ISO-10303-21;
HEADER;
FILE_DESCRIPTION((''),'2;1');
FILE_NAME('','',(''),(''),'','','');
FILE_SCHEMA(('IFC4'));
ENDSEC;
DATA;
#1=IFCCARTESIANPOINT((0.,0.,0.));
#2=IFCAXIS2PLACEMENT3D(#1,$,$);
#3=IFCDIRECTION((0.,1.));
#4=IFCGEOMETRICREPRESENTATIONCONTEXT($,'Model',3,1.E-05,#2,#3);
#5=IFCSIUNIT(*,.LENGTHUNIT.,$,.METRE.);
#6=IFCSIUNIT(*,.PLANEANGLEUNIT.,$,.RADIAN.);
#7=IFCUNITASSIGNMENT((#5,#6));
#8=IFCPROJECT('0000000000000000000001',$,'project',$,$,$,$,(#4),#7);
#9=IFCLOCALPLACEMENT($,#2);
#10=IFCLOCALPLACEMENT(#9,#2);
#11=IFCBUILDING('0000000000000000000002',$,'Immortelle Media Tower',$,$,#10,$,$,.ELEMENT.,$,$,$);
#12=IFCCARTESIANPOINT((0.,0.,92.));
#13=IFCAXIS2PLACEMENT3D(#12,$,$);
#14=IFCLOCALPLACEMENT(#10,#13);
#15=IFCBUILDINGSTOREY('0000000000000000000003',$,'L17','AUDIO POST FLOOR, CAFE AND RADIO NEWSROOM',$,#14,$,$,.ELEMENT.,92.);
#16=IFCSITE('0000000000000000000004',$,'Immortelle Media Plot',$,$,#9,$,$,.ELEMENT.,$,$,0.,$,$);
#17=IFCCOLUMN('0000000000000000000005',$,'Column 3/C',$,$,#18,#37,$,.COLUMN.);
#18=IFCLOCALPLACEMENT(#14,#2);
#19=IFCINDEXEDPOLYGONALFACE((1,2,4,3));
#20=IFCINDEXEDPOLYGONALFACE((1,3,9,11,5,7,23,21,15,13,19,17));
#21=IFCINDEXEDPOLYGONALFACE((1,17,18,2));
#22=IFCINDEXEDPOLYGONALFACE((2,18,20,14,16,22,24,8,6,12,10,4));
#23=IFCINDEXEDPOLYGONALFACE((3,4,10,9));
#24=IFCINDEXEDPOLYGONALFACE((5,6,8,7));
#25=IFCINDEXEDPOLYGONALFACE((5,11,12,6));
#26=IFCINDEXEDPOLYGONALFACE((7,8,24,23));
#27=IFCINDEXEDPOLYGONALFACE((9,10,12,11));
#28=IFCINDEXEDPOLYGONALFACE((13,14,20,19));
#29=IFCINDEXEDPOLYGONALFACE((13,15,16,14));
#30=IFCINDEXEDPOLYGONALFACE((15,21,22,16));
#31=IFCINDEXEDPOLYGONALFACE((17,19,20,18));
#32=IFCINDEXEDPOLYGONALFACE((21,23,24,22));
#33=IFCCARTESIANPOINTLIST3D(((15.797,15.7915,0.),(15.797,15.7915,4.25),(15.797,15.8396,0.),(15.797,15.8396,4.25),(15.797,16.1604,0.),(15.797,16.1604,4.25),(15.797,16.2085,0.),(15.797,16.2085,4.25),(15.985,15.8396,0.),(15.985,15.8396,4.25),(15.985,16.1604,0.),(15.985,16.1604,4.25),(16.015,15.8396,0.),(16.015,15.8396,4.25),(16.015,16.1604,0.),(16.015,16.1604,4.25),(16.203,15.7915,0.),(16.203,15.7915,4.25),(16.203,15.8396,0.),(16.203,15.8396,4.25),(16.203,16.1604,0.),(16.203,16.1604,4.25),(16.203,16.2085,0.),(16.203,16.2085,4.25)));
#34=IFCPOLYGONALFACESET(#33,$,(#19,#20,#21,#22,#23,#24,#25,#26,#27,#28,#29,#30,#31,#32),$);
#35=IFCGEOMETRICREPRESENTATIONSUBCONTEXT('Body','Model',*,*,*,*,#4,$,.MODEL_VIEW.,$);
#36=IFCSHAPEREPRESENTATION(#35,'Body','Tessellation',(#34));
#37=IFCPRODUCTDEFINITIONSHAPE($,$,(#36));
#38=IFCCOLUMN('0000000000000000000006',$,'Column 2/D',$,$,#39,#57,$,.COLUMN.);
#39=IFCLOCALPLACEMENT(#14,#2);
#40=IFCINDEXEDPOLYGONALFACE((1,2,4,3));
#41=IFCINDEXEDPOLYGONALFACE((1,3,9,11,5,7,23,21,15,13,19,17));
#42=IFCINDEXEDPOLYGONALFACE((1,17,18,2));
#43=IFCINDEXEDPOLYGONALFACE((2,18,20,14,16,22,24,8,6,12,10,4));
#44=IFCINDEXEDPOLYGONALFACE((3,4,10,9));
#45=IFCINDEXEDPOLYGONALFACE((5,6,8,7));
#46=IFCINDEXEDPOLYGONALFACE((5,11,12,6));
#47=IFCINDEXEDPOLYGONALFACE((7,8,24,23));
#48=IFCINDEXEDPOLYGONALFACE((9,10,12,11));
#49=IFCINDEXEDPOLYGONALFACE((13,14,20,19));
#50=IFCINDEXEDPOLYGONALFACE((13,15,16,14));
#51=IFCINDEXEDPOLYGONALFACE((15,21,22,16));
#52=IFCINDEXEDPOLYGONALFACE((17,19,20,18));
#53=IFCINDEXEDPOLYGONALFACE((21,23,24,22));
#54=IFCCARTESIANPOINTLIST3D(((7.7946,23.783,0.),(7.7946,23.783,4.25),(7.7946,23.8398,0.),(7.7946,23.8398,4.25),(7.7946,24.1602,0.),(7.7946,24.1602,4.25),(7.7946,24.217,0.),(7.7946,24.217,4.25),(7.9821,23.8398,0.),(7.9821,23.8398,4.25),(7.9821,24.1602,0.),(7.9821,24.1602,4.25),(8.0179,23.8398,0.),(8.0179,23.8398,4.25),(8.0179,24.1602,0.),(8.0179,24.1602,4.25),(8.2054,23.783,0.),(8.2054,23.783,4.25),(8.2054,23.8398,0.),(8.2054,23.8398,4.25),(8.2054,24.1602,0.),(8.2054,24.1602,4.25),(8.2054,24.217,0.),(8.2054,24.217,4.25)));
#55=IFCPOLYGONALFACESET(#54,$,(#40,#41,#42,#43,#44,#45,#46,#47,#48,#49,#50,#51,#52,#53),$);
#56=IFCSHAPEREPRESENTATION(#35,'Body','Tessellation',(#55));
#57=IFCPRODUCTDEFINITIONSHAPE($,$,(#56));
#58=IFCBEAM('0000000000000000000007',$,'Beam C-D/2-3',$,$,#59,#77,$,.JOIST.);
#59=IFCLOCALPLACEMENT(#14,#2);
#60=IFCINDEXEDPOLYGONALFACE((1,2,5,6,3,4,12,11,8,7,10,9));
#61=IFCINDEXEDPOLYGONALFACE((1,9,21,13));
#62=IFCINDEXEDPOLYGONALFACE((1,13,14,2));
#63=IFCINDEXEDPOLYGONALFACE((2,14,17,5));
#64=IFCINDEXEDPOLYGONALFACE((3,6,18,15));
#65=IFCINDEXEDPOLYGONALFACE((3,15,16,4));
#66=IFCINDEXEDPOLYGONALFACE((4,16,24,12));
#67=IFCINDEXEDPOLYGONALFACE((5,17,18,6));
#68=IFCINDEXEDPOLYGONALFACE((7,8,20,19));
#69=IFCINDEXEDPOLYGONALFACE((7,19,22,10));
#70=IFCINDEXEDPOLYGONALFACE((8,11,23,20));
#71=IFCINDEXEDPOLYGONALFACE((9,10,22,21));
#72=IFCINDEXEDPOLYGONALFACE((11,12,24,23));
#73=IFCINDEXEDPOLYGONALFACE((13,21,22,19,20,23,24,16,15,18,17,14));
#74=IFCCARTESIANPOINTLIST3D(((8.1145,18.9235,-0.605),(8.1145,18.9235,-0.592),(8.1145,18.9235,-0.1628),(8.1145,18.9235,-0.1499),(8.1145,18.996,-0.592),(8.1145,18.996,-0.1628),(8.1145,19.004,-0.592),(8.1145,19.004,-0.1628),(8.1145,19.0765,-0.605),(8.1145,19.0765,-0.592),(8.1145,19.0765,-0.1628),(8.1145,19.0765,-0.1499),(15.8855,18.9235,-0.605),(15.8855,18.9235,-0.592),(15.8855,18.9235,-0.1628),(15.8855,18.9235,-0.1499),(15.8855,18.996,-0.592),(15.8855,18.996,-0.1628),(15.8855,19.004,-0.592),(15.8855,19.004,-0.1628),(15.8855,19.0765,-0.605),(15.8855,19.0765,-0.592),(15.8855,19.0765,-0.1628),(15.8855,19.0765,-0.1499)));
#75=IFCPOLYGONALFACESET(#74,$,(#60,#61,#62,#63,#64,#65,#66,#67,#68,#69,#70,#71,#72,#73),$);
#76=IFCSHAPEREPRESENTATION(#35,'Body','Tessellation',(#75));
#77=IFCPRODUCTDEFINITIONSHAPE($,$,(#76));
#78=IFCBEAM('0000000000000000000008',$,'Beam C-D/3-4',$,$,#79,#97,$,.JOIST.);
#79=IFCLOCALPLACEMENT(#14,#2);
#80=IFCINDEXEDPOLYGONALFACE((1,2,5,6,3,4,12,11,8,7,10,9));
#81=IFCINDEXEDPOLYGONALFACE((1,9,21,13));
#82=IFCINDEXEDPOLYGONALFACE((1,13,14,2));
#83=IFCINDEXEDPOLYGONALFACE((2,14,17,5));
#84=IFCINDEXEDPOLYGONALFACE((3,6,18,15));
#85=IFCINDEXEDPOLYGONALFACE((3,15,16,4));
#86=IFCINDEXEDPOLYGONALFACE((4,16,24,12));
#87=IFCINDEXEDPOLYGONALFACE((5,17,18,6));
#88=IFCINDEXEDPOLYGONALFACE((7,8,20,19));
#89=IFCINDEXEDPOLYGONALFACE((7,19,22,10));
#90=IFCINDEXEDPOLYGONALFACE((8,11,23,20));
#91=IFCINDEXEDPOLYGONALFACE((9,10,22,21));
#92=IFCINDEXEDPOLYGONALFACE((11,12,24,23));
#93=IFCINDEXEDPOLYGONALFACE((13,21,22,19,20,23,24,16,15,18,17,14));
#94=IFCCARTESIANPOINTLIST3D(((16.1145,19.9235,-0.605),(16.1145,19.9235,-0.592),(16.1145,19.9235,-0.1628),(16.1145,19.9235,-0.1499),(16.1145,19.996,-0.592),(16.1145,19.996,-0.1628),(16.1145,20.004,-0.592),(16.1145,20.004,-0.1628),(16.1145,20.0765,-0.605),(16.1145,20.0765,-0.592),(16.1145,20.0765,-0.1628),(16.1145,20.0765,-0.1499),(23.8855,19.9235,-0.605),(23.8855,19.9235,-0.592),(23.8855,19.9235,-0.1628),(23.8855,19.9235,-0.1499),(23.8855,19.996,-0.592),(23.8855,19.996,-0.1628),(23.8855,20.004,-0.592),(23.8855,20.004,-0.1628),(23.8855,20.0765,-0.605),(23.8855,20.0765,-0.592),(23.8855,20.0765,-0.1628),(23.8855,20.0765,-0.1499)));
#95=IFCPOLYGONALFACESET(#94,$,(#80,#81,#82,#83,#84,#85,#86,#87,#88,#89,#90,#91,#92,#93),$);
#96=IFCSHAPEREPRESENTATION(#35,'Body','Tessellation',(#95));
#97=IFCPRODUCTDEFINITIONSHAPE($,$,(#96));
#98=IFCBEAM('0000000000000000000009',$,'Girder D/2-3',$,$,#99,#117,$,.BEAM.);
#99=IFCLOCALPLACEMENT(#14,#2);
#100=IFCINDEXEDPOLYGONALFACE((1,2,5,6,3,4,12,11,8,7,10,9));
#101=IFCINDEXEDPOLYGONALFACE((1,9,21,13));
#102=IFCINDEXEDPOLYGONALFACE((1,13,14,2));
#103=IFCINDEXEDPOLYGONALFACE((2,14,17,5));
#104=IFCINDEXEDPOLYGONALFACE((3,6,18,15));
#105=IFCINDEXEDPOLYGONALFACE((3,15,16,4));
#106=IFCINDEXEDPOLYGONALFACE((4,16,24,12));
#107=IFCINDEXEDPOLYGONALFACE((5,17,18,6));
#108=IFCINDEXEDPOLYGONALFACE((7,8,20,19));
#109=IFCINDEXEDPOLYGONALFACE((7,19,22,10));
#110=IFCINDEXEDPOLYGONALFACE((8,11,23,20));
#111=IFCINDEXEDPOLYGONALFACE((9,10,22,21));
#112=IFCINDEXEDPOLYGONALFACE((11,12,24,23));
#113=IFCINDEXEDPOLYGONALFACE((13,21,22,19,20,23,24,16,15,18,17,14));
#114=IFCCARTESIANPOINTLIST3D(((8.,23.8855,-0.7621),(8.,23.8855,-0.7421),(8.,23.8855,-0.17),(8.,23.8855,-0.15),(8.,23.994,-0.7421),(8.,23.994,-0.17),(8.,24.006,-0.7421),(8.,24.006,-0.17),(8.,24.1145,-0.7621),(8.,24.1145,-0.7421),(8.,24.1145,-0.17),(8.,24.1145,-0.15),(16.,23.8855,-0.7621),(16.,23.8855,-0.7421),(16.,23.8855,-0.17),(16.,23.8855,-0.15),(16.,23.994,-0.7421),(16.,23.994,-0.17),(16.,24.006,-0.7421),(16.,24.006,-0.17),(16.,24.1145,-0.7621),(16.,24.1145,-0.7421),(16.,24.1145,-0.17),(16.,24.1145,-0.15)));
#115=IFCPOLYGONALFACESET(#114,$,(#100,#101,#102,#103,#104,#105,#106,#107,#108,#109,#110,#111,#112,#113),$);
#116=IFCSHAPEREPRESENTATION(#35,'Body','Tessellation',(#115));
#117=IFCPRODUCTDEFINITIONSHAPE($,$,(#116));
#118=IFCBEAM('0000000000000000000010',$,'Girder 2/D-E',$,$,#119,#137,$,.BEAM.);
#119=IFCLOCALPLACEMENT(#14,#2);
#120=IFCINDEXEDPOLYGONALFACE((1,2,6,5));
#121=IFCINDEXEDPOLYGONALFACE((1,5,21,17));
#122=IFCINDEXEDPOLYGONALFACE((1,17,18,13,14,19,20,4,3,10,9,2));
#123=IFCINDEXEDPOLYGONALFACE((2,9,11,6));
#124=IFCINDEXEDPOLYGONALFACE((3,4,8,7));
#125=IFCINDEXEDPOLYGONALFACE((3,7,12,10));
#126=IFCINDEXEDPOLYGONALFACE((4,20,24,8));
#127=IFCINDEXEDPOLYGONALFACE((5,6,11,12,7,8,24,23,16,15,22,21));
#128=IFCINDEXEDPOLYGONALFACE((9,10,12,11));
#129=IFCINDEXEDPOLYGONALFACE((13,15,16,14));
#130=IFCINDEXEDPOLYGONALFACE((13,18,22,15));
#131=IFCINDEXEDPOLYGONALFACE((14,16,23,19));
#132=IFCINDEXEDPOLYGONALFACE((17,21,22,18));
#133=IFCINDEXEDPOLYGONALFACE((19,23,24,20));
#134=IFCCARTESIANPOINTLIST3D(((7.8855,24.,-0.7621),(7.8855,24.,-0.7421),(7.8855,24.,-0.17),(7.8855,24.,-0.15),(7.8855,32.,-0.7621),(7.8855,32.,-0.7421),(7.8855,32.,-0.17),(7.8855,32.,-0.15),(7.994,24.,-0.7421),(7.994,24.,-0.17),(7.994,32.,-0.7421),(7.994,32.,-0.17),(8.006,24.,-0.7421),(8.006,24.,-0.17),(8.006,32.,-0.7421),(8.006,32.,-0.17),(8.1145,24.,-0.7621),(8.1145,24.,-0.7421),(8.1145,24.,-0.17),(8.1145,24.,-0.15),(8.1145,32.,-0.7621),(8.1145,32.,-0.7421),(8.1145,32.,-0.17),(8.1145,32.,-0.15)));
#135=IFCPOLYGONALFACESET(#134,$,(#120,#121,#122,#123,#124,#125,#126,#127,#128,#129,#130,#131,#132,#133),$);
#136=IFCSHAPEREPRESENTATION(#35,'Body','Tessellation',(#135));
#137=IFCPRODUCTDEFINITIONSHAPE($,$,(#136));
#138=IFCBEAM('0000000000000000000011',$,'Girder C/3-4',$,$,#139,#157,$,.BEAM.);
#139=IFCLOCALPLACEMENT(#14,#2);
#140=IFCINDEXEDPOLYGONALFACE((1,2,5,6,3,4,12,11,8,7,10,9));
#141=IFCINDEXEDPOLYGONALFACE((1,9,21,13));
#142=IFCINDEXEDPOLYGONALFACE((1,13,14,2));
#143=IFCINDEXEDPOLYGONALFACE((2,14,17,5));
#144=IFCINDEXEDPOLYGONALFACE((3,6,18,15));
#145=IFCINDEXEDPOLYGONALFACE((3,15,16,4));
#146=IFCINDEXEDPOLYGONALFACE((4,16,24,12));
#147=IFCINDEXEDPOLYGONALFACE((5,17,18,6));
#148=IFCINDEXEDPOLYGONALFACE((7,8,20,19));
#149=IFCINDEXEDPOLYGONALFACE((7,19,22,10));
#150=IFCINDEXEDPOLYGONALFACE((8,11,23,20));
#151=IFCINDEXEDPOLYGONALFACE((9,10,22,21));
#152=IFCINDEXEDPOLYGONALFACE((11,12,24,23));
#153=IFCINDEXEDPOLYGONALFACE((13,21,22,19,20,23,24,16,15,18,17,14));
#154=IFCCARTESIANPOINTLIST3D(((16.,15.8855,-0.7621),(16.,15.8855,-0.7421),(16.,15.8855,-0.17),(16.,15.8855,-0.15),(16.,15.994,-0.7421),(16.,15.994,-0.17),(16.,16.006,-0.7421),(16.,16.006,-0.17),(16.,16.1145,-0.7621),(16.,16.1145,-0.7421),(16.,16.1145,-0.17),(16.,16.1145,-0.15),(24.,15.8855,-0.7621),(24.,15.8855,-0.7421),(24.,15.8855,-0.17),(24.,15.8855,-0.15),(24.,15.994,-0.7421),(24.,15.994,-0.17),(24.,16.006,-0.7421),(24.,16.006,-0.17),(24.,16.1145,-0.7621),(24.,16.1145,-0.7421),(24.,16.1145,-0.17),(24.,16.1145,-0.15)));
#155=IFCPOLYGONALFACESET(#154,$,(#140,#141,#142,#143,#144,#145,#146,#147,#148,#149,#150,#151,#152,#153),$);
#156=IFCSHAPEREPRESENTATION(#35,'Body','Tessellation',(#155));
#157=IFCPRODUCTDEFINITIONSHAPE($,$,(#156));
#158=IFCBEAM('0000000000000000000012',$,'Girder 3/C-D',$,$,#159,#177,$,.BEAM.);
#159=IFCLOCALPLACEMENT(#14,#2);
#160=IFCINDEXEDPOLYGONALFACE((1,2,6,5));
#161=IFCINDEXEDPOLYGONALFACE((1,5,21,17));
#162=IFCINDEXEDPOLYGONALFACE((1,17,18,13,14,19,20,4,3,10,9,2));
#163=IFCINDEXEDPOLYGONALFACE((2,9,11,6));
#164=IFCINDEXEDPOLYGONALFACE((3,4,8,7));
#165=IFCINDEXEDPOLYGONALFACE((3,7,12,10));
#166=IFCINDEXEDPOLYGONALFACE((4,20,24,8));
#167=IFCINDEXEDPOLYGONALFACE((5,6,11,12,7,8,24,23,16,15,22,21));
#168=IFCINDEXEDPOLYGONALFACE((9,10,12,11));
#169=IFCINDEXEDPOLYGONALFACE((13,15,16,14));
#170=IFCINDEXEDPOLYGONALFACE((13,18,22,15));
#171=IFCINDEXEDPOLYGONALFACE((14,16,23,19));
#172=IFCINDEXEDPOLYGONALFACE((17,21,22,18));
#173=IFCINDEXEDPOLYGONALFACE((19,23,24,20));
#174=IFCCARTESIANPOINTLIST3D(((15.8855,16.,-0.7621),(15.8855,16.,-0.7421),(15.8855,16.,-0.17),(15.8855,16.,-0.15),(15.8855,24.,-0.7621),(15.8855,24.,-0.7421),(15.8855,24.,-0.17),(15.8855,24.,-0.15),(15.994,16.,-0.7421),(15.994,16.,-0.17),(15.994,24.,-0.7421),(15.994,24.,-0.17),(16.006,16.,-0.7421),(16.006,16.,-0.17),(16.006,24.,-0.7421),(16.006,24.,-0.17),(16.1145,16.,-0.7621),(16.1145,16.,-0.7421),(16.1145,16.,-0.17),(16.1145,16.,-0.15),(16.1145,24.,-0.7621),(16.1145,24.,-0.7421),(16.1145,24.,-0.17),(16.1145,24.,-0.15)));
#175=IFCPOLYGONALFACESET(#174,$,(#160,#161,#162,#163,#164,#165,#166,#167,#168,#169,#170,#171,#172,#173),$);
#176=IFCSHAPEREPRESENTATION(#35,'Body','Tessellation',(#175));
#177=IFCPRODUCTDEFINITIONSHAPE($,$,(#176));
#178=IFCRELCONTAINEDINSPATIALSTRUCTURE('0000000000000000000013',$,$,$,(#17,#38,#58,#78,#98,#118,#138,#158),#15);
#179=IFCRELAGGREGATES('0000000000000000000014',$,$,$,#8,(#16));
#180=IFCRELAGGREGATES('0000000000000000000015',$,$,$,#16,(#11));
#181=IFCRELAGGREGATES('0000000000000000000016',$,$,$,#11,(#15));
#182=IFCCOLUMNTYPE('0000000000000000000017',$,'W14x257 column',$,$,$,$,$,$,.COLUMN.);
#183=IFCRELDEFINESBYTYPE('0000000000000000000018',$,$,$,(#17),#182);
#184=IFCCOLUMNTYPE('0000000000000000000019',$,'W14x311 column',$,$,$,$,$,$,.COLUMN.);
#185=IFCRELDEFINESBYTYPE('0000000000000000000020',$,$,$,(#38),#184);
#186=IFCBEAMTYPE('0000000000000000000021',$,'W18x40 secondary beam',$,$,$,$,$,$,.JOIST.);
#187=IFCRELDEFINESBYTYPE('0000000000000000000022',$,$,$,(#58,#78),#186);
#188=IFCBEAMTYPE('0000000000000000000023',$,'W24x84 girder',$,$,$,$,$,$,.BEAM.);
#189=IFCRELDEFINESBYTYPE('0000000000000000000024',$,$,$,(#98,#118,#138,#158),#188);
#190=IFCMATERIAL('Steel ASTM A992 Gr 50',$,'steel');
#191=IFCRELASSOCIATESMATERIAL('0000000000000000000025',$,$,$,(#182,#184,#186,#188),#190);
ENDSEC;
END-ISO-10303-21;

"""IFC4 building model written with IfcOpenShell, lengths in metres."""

from ifc_helpers import new_model, si_unit, direction, frame, origin, origin_2d, place, context, subcontext, project, spatial, i_section, extrude, material, material_profile, profile_set, type_object, element, save


model = new_model("IFC4")

# Units and contexts
model_context = context("Model", 3, precision=1e-05, world=origin(), true_north=direction((0.0, 1.0)))
body_context = subcontext(model_context, "Body", "Model", "MODEL_VIEW")
ifc_project = project(units=[si_unit("LENGTHUNIT", "METRE"), si_unit("PLANEANGLEUNIT", "RADIAN")], contexts=[model_context])

# Site, building, storey
site_placement = place(None, origin())
site = spatial("IfcSite", under=ifc_project, at=site_placement, Name="Immortelle Media Plot", CompositionType="ELEMENT", RefElevation=0.0)
building_placement = place(site_placement, origin())
building = spatial("IfcBuilding", under=site, at=building_placement, Name="Immortelle Media Tower", CompositionType="ELEMENT")
storey_placement = place(building_placement, frame((0.0, 0.0, 92.0)))
storey = spatial("IfcBuildingStorey", under=building, at=storey_placement, Name="L17", Description="AUDIO POST FLOOR, CAFE AND RADIO NEWSROOM", CompositionType="ELEMENT", Elevation=92.0)

# Columns
ifc_material_1 = material(Name="Steel ASTM A992 Gr 50", Category="steel")
ifc_material_profile_1 = material_profile(ifc_material_1, i_section(OverallWidth=0.406, OverallDepth=0.417, WebThickness=0.03, FlangeThickness=0.0481, at=origin_2d()), Name="W14x257")
ifc_profile_set_1 = profile_set([ifc_material_profile_1], Name="Steel ASTM A992 Gr 50")
column_type_1 = type_object("IfcColumnType", Name="W14x257 column", PredefinedType="COLUMN", material=ifc_profile_set_1)
column_1_placement = place(storey_placement, frame((16.0, 16.0, 0.0), z_axis=(0.0, 0.0, 1.0), x_axis=(1.0, 0.0, 0.0)))
element("IfcColumn", 1, at=column_1_placement, inside=storey, type_object=column_type_1, Name="Column 3/C", PredefinedType="COLUMN", context=body_context, shape_type="SweptSolid", body=[
    extrude(i_section(OverallWidth=0.406, OverallDepth=0.417, WebThickness=0.03, FlangeThickness=0.0481, at=origin_2d()), origin(), (0.0, 0.0, 1.0), 4.25),
])
ifc_material_profile_2 = material_profile(ifc_material_1, i_section(OverallWidth=0.4109, OverallDepth=0.4341, WebThickness=0.0359, FlangeThickness=0.0569, at=origin_2d()), Name="W14x311")
ifc_profile_set_2 = profile_set([ifc_material_profile_2], Name="Steel ASTM A992 Gr 50")
column_type_2 = type_object("IfcColumnType", Name="W14x311 column", PredefinedType="COLUMN", material=ifc_profile_set_2)
column_2_placement = place(storey_placement, frame((8.0, 24.0, 0.0), z_axis=(0.0, 0.0, 1.0), x_axis=(1.0, 0.0, 0.0)))
element("IfcColumn", 2, at=column_2_placement, inside=storey, type_object=column_type_2, Name="Column 2/D", PredefinedType="COLUMN", context=body_context, shape_type="SweptSolid", body=[
    extrude(i_section(OverallWidth=0.4109, OverallDepth=0.4341, WebThickness=0.0359, FlangeThickness=0.0569, at=origin_2d()), origin(), (0.0, 0.0, 1.0), 4.25),
])

# Beams
ifc_material_profile_3 = material_profile(ifc_material_1, i_section(OverallWidth=0.1531, OverallDepth=0.4551, WebThickness=0.0081, FlangeThickness=0.0129, at=origin_2d()), Name="W18x40")
ifc_profile_set_3 = profile_set([ifc_material_profile_3], Name="Steel ASTM A992 Gr 50")
beam_type_1 = type_object("IfcBeamType", Name="W18x40 secondary beam", PredefinedType="JOIST", material=ifc_profile_set_3)
for number, where, z_axis, x_axis, name in (
    (3, (8.1145, 19.0, -0.3774), (1.0, 0.0, 0.0), (0.0, 1.0, 0.0), "Beam C-D/2-3"),
    (4, (16.1145, 20.0, -0.3774), (1.0, 0.0, 0.0), (0.0, 1.0, 0.0), "Beam C-D/3-4"),
):
    element("IfcBeam", number, at=place(storey_placement, frame(where, z_axis=z_axis, x_axis=x_axis)), inside=storey, type_object=beam_type_1, Name=name, PredefinedType="JOIST", context=body_context, shape_type="SweptSolid", body=[
        extrude(i_section(OverallWidth=0.1531, OverallDepth=0.4551, WebThickness=0.0081, FlangeThickness=0.0129, at=origin_2d()), origin(), (0.0, 0.0, 1.0), 7.771),
    ])
ifc_material_profile_4 = material_profile(ifc_material_1, i_section(OverallWidth=0.229, OverallDepth=0.6121, WebThickness=0.012, FlangeThickness=0.02, at=origin_2d()), Name="W24x84")
ifc_profile_set_4 = profile_set([ifc_material_profile_4], Name="Steel ASTM A992 Gr 50")
beam_type_2 = type_object("IfcBeamType", Name="W24x84 girder", PredefinedType="BEAM", material=ifc_profile_set_4)
for number, where, z_axis, x_axis, name in (
    (5, (8.0, 24.0, -0.4561), (1.0, 0.0, 0.0), (0.0, 1.0, 0.0), "Girder D/2-3"),
    (6, (8.0, 24.0, -0.4561), (0.0, 1.0, 0.0), (-1.0, 0.0, 0.0), "Girder 2/D-E"),
    (7, (16.0, 16.0, -0.4561), (1.0, 0.0, 0.0), (0.0, 1.0, 0.0), "Girder C/3-4"),
    (8, (16.0, 16.0, -0.4561), (0.0, 1.0, 0.0), (-1.0, 0.0, 0.0), "Girder 3/C-D"),
):
    element("IfcBeam", number, at=place(storey_placement, frame(where, z_axis=z_axis, x_axis=x_axis)), inside=storey, type_object=beam_type_2, Name=name, PredefinedType="BEAM", context=body_context, shape_type="SweptSolid", body=[
        extrude(i_section(OverallWidth=0.229, OverallDepth=0.6121, WebThickness=0.012, FlangeThickness=0.02, at=origin_2d()), origin(), (0.0, 0.0, 1.0), 8.0),
    ])

save(model, "model.ifc")
